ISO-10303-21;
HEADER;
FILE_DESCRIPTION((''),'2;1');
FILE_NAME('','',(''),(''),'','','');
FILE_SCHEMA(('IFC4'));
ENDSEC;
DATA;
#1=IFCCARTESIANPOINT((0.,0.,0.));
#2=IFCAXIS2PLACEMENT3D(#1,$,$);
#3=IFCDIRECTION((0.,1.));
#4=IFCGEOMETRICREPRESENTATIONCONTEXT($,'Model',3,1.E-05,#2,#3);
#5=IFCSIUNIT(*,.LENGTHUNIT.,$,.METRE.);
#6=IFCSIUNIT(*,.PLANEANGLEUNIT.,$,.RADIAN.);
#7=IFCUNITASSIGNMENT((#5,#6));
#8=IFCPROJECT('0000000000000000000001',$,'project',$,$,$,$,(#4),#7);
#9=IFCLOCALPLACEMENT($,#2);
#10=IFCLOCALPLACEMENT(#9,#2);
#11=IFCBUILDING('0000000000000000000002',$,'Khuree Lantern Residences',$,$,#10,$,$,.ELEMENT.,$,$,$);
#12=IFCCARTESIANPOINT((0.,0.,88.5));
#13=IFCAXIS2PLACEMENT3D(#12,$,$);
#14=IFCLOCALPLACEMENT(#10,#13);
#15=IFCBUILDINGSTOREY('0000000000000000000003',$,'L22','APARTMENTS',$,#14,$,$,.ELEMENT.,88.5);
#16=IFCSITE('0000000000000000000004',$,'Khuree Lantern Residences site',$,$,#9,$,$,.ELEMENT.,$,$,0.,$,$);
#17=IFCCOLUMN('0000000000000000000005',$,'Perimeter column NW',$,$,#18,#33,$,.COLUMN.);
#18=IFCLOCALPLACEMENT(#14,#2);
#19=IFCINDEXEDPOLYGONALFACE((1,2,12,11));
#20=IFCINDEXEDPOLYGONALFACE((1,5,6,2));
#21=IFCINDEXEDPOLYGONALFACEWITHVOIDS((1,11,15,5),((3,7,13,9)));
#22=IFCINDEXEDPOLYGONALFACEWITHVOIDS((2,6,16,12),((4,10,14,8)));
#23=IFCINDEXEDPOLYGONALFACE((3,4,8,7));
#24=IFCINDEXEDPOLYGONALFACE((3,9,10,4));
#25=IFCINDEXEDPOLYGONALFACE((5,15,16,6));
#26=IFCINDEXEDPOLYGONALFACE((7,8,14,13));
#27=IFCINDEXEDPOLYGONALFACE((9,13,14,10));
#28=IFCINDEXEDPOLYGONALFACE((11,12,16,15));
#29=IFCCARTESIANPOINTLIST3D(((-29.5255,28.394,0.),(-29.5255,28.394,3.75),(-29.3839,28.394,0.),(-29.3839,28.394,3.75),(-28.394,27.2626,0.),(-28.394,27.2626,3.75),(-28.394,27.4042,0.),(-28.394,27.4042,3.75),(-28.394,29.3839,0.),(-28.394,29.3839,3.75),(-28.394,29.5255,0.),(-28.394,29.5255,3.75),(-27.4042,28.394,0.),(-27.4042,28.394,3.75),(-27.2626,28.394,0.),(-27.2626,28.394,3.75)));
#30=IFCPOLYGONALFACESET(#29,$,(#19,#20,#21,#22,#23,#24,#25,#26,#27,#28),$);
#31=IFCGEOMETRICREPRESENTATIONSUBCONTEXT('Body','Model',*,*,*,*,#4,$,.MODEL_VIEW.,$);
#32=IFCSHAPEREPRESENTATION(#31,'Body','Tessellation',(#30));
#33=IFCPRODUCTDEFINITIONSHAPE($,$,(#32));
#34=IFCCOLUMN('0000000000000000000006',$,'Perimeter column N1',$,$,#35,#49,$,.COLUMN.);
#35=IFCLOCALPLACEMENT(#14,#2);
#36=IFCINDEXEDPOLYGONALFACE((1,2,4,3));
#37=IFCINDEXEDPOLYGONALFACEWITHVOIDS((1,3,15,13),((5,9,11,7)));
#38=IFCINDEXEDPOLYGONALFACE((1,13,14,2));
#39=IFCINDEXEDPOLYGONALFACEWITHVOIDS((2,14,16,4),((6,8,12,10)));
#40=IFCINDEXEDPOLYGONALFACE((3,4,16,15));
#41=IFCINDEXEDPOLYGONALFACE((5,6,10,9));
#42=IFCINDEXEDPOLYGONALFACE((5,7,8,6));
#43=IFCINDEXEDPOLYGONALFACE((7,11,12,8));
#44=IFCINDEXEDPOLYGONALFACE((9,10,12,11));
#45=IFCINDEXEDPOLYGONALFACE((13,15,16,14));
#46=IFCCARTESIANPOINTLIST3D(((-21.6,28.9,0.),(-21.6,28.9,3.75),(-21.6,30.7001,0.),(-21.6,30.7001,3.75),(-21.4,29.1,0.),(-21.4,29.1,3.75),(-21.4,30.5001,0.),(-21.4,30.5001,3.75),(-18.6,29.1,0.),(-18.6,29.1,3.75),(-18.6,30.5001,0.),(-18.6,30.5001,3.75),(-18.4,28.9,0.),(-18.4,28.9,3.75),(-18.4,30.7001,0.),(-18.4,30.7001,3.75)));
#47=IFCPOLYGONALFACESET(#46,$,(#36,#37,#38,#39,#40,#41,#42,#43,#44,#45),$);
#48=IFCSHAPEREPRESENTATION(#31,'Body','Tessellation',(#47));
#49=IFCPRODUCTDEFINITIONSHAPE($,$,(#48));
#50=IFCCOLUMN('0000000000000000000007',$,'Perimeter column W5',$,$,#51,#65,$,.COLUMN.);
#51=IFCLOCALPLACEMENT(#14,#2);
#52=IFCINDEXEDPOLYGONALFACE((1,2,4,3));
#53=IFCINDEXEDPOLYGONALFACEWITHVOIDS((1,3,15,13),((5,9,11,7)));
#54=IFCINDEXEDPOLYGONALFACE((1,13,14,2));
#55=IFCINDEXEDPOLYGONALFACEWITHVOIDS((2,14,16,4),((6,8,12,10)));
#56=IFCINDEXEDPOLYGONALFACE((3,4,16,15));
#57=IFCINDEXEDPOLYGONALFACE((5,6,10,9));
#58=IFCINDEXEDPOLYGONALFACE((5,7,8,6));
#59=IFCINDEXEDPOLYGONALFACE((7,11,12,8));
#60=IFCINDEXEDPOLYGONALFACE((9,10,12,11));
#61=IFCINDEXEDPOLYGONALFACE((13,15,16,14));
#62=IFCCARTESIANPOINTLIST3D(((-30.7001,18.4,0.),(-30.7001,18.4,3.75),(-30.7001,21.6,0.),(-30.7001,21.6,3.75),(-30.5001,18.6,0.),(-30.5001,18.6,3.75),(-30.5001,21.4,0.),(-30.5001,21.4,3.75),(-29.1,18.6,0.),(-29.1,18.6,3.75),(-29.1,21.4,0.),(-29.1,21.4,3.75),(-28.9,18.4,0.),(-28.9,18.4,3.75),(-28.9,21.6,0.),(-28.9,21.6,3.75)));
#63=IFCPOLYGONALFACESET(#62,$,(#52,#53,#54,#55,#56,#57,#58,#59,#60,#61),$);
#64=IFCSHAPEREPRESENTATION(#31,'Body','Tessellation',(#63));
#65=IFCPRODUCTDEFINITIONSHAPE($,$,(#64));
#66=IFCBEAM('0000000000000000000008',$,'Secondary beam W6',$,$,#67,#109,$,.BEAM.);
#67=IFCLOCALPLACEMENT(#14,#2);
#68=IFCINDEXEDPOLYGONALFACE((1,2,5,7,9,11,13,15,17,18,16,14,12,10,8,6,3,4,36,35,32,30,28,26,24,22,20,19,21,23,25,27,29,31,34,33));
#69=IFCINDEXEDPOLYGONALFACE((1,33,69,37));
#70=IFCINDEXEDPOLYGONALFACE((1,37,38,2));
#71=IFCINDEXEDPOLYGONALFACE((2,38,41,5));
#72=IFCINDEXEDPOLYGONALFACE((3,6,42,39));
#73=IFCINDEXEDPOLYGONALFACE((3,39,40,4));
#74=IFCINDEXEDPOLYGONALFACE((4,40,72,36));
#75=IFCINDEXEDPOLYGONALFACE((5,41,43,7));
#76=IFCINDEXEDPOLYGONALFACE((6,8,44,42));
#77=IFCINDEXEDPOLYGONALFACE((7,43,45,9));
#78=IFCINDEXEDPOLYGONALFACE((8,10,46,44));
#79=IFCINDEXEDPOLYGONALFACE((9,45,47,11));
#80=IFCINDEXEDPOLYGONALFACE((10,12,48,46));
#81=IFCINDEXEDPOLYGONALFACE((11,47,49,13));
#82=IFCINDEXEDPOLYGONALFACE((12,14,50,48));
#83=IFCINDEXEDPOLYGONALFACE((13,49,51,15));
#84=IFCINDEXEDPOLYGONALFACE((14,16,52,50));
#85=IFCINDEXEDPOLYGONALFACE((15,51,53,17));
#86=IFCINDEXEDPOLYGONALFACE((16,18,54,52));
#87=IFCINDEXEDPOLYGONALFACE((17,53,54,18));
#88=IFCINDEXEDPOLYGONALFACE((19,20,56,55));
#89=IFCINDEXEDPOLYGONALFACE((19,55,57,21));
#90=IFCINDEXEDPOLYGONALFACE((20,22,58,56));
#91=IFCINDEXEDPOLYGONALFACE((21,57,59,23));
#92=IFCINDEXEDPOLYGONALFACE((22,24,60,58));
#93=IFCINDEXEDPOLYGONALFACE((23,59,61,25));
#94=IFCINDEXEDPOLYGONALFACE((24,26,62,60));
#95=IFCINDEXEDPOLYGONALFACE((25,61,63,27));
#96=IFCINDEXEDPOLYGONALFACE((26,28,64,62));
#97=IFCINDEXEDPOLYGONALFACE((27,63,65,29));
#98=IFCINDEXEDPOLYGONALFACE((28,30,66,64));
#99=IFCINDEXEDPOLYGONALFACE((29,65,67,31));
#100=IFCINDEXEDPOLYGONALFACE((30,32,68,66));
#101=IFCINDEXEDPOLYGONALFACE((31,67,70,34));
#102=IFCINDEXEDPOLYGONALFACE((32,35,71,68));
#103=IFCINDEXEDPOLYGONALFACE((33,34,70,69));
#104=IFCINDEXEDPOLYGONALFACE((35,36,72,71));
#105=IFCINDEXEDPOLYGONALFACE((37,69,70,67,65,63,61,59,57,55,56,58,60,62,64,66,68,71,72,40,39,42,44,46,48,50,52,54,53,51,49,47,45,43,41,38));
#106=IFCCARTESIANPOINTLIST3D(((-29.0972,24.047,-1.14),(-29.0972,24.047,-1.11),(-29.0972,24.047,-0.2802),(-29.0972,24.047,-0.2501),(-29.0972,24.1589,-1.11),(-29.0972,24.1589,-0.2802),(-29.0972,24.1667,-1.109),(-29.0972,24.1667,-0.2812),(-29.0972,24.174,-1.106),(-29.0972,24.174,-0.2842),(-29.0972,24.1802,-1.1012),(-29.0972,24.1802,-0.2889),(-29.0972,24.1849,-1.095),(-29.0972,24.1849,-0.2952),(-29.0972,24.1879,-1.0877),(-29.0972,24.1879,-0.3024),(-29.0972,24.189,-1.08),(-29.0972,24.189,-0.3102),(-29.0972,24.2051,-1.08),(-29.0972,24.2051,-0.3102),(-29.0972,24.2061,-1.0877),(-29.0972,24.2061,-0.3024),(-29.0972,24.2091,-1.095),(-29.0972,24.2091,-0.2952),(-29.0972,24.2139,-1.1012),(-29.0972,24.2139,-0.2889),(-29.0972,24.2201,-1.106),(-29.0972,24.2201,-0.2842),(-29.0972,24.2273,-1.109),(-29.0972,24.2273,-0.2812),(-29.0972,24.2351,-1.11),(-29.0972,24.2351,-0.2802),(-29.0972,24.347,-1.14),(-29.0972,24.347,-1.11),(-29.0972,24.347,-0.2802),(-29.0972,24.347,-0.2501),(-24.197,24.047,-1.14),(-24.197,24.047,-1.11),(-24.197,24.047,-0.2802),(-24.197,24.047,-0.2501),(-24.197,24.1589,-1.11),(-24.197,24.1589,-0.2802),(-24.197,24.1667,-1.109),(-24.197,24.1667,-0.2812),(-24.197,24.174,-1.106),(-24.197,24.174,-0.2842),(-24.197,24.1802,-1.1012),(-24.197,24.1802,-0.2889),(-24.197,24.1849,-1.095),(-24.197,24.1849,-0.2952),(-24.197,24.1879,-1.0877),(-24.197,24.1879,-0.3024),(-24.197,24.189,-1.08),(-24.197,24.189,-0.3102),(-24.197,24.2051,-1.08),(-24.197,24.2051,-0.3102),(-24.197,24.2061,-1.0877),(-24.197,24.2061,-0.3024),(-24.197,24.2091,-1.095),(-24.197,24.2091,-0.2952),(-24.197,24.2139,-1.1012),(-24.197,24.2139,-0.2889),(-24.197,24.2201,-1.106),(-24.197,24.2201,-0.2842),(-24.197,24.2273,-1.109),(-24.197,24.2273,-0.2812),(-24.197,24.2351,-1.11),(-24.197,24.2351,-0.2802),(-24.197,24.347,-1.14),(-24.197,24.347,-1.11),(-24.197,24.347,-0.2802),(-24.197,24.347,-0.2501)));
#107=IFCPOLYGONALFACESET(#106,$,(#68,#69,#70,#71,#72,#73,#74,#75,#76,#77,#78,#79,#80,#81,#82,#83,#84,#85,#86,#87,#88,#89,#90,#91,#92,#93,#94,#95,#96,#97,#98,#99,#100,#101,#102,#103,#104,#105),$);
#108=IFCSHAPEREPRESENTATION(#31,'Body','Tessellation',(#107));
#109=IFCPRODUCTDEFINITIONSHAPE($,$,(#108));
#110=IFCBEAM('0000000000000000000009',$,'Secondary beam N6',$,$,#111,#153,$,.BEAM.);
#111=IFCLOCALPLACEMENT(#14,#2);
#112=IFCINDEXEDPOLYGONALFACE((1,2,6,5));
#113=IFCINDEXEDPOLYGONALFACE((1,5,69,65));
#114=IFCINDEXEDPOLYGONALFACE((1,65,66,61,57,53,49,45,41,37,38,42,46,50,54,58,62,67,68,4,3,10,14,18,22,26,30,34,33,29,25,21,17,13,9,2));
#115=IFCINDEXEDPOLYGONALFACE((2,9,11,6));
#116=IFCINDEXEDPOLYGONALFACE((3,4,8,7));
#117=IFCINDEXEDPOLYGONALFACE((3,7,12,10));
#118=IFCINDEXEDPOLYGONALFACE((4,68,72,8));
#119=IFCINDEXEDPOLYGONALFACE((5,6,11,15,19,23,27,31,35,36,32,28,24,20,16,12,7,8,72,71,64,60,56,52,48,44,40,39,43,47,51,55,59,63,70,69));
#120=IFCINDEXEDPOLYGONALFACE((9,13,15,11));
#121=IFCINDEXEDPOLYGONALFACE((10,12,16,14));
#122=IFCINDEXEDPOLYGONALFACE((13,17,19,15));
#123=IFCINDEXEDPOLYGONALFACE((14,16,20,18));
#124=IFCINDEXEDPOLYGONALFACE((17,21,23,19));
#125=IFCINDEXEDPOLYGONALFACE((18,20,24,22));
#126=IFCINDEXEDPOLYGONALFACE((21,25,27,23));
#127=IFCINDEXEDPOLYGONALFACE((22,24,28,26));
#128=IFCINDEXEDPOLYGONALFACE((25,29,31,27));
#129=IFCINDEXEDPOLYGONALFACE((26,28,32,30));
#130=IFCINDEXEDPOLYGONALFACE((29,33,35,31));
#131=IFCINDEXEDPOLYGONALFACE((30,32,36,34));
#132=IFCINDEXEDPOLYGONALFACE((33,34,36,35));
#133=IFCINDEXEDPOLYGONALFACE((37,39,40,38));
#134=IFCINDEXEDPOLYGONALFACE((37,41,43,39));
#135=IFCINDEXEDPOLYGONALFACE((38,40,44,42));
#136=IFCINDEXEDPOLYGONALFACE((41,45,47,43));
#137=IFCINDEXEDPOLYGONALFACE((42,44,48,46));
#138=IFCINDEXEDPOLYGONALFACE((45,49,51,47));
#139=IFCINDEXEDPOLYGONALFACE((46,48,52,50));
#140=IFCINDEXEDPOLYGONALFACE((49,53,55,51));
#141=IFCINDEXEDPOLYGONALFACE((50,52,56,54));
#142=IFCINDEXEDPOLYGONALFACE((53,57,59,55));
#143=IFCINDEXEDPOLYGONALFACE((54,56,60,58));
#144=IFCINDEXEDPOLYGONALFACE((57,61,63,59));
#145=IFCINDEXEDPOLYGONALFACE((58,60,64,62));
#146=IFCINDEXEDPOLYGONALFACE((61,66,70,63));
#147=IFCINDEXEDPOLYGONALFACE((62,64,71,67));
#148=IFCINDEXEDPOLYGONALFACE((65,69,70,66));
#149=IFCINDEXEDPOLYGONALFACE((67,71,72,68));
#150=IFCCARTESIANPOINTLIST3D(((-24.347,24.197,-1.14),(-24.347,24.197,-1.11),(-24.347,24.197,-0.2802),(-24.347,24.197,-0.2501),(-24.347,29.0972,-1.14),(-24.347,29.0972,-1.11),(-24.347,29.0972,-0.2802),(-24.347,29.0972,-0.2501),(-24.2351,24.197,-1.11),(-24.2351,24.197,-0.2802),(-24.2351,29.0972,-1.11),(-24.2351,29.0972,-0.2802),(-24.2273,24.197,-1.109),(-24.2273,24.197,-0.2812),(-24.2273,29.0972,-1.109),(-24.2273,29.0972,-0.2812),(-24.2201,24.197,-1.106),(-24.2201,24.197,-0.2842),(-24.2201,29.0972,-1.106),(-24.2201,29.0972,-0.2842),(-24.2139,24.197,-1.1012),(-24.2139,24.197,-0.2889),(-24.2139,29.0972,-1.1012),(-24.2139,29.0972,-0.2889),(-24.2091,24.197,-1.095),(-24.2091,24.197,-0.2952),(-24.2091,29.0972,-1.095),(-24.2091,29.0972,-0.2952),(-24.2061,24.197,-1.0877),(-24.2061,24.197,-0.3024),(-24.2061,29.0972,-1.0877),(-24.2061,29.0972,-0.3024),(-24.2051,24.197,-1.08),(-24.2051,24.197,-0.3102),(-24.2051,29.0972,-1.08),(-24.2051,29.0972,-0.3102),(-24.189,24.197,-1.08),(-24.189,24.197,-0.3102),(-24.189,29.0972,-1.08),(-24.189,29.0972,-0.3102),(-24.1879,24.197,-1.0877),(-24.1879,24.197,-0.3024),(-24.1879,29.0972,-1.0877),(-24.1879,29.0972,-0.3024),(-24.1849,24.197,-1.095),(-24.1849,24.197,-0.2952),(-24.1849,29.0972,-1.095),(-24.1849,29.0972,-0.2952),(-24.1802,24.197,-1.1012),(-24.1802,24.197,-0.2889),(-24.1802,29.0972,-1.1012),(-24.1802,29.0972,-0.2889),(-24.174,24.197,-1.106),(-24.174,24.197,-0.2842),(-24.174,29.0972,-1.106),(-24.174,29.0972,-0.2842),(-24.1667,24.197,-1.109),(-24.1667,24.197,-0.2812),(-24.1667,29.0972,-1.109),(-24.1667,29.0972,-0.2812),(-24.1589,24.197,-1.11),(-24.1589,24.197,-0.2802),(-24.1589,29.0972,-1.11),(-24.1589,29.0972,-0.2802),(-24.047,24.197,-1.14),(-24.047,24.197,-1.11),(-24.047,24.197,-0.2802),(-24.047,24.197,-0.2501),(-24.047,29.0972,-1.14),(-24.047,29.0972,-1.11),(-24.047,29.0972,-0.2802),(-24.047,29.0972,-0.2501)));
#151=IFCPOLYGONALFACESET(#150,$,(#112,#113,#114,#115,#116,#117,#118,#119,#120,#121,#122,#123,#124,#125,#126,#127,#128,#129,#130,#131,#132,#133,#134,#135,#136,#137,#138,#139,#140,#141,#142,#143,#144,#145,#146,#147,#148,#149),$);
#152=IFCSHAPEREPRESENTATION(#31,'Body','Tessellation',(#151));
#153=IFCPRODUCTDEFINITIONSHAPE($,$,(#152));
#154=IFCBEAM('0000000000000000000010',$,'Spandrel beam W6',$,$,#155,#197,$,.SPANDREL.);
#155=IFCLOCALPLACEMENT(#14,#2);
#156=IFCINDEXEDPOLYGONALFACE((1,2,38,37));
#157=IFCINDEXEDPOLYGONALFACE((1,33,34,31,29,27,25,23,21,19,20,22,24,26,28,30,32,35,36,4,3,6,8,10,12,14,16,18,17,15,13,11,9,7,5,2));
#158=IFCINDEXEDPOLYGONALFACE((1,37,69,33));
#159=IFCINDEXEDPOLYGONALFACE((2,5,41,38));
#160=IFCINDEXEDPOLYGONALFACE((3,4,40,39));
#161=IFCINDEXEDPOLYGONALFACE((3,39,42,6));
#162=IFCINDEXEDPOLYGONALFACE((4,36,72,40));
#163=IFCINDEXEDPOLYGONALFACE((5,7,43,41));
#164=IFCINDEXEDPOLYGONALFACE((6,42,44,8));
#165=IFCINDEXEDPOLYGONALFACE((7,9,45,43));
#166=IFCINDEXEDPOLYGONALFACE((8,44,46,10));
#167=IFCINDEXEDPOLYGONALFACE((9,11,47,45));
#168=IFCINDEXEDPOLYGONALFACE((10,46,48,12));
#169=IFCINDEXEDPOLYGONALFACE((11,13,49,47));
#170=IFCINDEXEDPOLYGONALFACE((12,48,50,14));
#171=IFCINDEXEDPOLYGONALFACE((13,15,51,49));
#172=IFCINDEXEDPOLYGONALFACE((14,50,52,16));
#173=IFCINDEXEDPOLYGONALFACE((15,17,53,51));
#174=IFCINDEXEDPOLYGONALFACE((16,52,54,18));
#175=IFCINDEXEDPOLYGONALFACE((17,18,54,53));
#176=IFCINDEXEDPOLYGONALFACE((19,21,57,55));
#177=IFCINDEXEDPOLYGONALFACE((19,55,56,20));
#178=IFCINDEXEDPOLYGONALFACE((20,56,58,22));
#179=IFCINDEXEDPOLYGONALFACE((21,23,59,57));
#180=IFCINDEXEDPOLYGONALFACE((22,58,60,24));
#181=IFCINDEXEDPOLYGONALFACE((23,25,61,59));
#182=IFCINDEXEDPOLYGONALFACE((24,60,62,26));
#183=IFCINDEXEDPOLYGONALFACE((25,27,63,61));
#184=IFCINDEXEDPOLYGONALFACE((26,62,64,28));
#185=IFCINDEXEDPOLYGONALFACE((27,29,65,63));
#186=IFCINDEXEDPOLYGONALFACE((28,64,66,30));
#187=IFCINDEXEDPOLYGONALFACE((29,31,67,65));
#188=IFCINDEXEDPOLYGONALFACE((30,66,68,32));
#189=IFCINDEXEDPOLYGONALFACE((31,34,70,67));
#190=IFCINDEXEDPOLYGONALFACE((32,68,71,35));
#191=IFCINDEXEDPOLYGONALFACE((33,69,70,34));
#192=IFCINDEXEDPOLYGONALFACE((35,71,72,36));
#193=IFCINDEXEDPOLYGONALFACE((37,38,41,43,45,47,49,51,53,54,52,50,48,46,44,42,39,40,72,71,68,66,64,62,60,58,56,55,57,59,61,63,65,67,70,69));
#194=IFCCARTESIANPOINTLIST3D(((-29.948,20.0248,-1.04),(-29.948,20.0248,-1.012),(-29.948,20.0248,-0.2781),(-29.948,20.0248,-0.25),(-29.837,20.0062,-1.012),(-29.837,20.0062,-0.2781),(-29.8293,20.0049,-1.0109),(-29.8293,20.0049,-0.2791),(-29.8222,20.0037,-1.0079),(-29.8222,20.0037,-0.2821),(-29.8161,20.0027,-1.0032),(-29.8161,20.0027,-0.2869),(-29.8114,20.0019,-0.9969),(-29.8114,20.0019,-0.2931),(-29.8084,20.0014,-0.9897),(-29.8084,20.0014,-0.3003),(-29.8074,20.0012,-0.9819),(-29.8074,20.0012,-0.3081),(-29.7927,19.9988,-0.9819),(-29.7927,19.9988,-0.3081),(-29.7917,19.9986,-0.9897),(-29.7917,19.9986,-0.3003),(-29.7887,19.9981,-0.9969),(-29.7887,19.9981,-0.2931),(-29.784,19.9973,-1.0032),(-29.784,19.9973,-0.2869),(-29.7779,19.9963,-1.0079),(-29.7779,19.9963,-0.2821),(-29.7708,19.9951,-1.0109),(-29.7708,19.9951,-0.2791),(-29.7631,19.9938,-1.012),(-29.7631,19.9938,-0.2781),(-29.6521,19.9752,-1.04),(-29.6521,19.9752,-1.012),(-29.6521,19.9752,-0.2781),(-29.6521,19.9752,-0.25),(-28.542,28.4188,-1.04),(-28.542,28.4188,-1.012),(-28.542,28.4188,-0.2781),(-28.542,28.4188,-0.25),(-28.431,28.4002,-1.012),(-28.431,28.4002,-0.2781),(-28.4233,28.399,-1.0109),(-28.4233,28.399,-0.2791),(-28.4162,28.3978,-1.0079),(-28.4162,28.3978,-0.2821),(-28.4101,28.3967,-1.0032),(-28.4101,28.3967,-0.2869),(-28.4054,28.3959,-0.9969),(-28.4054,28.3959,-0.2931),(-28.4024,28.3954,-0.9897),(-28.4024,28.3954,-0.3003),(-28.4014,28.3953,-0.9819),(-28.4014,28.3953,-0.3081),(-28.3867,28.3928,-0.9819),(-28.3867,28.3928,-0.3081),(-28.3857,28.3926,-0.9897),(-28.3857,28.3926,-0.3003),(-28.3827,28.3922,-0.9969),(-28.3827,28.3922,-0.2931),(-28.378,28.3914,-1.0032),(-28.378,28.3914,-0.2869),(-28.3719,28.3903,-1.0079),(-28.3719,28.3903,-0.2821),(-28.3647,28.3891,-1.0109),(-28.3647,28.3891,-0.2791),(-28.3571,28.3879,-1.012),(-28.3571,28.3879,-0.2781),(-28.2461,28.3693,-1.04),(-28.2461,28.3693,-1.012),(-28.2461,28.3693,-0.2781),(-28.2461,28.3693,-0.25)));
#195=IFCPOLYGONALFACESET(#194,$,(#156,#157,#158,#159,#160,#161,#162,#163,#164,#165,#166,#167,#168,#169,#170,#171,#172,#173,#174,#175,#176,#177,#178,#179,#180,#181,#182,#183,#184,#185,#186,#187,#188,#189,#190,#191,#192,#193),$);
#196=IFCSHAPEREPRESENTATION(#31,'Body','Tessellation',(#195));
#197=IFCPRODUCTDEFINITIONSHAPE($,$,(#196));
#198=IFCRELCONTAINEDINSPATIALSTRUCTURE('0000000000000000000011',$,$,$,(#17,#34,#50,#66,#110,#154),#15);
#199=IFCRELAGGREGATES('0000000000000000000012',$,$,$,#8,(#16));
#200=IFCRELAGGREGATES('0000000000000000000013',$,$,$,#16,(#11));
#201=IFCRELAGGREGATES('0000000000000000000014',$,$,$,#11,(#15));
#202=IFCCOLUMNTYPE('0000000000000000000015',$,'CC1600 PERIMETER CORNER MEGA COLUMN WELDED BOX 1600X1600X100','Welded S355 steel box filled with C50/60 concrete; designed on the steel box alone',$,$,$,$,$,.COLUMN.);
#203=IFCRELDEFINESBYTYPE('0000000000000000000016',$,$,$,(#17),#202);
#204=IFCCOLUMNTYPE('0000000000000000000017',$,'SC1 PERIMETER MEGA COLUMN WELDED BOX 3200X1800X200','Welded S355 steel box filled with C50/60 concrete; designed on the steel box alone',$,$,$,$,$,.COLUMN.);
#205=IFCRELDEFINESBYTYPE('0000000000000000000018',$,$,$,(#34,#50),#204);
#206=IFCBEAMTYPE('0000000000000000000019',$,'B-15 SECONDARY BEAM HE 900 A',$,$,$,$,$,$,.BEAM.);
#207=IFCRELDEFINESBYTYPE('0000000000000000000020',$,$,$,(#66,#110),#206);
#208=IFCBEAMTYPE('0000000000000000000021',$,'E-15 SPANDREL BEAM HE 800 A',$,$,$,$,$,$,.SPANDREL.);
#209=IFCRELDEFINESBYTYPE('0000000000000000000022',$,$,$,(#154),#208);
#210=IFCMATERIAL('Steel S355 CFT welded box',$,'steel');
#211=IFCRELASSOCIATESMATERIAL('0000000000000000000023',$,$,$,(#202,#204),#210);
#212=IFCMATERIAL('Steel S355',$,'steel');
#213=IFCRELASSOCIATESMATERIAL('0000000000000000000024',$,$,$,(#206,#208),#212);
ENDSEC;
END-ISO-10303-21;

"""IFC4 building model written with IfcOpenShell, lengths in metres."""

from ifc_helpers import new_model, si_unit, direction, frame, origin, origin_2d, place, context, subcontext, project, spatial, hollow_rectangle, i_section, extrude, material, material_profile, profile_set, type_object, element, save


model = new_model("IFC4")

# Units and contexts
model_context = context("Model", 3, precision=1e-05, world=origin(), true_north=direction((0.0, 1.0)))
body_context = subcontext(model_context, "Body", "Model", "MODEL_VIEW")
ifc_project = project(units=[si_unit("LENGTHUNIT", "METRE"), si_unit("PLANEANGLEUNIT", "RADIAN")], contexts=[model_context])

# Site, building, storey
site_placement = place(None, origin())
site = spatial("IfcSite", under=ifc_project, at=site_placement, Name="Khuree Lantern Residences site", CompositionType="ELEMENT", RefElevation=0.0)
building_placement = place(site_placement, origin())
building = spatial("IfcBuilding", under=site, at=building_placement, Name="Khuree Lantern Residences", CompositionType="ELEMENT")
storey_placement = place(building_placement, frame((0.0, 0.0, 88.5)))
storey = spatial("IfcBuildingStorey", under=building, at=storey_placement, Name="L22", Description="APARTMENTS", CompositionType="ELEMENT", Elevation=88.5)

# Columns
ifc_material_1 = material(Name="Steel S355 CFT welded box", Category="steel")
ifc_material_profile_1 = material_profile(ifc_material_1, hollow_rectangle(XDim=1.6001, YDim=1.6001, WallThickness=0.1001, at=origin_2d()), Name="WELDED BOX 1600X1600X100")
ifc_profile_set_1 = profile_set([ifc_material_profile_1], Name="Steel S355 CFT welded box")
column_type_1 = type_object("IfcColumnType", Name="CC1600 PERIMETER CORNER MEGA COLUMN WELDED BOX 1600X1600X100", Description="Welded S355 steel box filled with C50/60 concrete; designed on the steel box alone", PredefinedType="COLUMN", material=ifc_profile_set_1)
column_placement = place(storey_placement, frame((-28.394, 28.394, 0.0), z_axis=(0.0, 0.0, 1.0), x_axis=(0.707107, 0.707107, 0.0)))
element("IfcColumn", 1, at=column_placement, inside=storey, type_object=column_type_1, Name="Perimeter column NW", PredefinedType="COLUMN", context=body_context, shape_type="SweptSolid", body=[
    extrude(hollow_rectangle(XDim=1.6001, YDim=1.6001, WallThickness=0.1001, at=origin_2d()), origin(), (0.0, 0.0, 1.0), 3.75),
])
ifc_material_profile_2 = material_profile(ifc_material_1, hollow_rectangle(XDim=3.2, YDim=1.8, WallThickness=0.2, at=origin_2d()), Name="WELDED BOX 3200X1800X200")
ifc_profile_set_2 = profile_set([ifc_material_profile_2], Name="Steel S355 CFT welded box")
column_type_2 = type_object("IfcColumnType", Name="SC1 PERIMETER MEGA COLUMN WELDED BOX 3200X1800X200", Description="Welded S355 steel box filled with C50/60 concrete; designed on the steel box alone", PredefinedType="COLUMN", material=ifc_profile_set_2)
for number, where, z_axis, x_axis, name in (
    (2, (-20.0, 29.8, 0.0), (0.0, 0.0, 1.0), (1.0, 0.0, 0.0), "Perimeter column N1"),
    (3, (-29.8, 20.0, 0.0), (0.0, 0.0, 1.0), (0.0, 1.0, 0.0), "Perimeter column W5"),
):
    element("IfcColumn", number, at=place(storey_placement, frame(where, z_axis=z_axis, x_axis=x_axis)), inside=storey, type_object=column_type_2, Name=name, PredefinedType="COLUMN", context=body_context, shape_type="SweptSolid", body=[
        extrude(hollow_rectangle(XDim=3.2, YDim=1.8, WallThickness=0.2, at=origin_2d()), origin(), (0.0, 0.0, 1.0), 3.75),
    ])

# Beams
ifc_material_2 = material(Name="Steel S355", Category="steel")
ifc_material_profile_3 = material_profile(ifc_material_2, i_section(OverallWidth=0.3, OverallDepth=0.8899, WebThickness=0.0161, FlangeThickness=0.03, FilletRadius=0.03, at=origin_2d()), Name="HE 900 A")
ifc_profile_set_3 = profile_set([ifc_material_profile_3], Name="Steel S355")
beam_type_1 = type_object("IfcBeamType", Name="B-15 SECONDARY BEAM HE 900 A", PredefinedType="BEAM", material=ifc_profile_set_3)
for number, where, z_axis, x_axis, name in (
    (4, (-29.0972, 24.197, -0.6951), (1.0, 0.0, 0.0), (0.0, 1.0, 0.0), "Secondary beam W6"),
    (5, (-24.197, 29.0972, -0.6951), (0.0, -1.0, 0.0), (1.0, 0.0, 0.0), "Secondary beam N6"),
):
    element("IfcBeam", number, at=place(storey_placement, frame(where, z_axis=z_axis, x_axis=x_axis)), inside=storey, type_object=beam_type_1, Name=name, PredefinedType="BEAM", context=body_context, shape_type="SweptSolid", body=[
        extrude(i_section(OverallWidth=0.3, OverallDepth=0.8899, WebThickness=0.0161, FlangeThickness=0.03, FilletRadius=0.03, at=origin_2d()), origin(), (0.0, 0.0, 1.0), 4.9001),
    ])
ifc_material_profile_4 = material_profile(ifc_material_2, i_section(OverallWidth=0.3, OverallDepth=0.79, WebThickness=0.0149, FlangeThickness=0.0281, FilletRadius=0.03, at=origin_2d()), Name="HE 800 A")
ifc_profile_set_4 = profile_set([ifc_material_profile_4], Name="Steel S355")
beam_type_2 = type_object("IfcBeamType", Name="E-15 SPANDREL BEAM HE 800 A", PredefinedType="SPANDREL", material=ifc_profile_set_4)
for number, where, z_axis, x_axis, name in (
    (6, (-29.8, 20.0, -0.645), (0.165199, 0.98626, 0.0), (-0.98626, 0.165199, 0.0), "Spandrel beam W6"),
):
    element("IfcBeam", number, at=place(storey_placement, frame(where, z_axis=z_axis, x_axis=x_axis)), inside=storey, type_object=beam_type_2, Name=name, PredefinedType="SPANDREL", context=body_context, shape_type="SweptSolid", body=[
        extrude(i_section(OverallWidth=0.3, OverallDepth=0.79, WebThickness=0.0149, FlangeThickness=0.0281, FilletRadius=0.03, at=origin_2d()), origin(), (0.0, 0.0, 1.0), 8.511),
    ])

save(model, "model.ifc")
